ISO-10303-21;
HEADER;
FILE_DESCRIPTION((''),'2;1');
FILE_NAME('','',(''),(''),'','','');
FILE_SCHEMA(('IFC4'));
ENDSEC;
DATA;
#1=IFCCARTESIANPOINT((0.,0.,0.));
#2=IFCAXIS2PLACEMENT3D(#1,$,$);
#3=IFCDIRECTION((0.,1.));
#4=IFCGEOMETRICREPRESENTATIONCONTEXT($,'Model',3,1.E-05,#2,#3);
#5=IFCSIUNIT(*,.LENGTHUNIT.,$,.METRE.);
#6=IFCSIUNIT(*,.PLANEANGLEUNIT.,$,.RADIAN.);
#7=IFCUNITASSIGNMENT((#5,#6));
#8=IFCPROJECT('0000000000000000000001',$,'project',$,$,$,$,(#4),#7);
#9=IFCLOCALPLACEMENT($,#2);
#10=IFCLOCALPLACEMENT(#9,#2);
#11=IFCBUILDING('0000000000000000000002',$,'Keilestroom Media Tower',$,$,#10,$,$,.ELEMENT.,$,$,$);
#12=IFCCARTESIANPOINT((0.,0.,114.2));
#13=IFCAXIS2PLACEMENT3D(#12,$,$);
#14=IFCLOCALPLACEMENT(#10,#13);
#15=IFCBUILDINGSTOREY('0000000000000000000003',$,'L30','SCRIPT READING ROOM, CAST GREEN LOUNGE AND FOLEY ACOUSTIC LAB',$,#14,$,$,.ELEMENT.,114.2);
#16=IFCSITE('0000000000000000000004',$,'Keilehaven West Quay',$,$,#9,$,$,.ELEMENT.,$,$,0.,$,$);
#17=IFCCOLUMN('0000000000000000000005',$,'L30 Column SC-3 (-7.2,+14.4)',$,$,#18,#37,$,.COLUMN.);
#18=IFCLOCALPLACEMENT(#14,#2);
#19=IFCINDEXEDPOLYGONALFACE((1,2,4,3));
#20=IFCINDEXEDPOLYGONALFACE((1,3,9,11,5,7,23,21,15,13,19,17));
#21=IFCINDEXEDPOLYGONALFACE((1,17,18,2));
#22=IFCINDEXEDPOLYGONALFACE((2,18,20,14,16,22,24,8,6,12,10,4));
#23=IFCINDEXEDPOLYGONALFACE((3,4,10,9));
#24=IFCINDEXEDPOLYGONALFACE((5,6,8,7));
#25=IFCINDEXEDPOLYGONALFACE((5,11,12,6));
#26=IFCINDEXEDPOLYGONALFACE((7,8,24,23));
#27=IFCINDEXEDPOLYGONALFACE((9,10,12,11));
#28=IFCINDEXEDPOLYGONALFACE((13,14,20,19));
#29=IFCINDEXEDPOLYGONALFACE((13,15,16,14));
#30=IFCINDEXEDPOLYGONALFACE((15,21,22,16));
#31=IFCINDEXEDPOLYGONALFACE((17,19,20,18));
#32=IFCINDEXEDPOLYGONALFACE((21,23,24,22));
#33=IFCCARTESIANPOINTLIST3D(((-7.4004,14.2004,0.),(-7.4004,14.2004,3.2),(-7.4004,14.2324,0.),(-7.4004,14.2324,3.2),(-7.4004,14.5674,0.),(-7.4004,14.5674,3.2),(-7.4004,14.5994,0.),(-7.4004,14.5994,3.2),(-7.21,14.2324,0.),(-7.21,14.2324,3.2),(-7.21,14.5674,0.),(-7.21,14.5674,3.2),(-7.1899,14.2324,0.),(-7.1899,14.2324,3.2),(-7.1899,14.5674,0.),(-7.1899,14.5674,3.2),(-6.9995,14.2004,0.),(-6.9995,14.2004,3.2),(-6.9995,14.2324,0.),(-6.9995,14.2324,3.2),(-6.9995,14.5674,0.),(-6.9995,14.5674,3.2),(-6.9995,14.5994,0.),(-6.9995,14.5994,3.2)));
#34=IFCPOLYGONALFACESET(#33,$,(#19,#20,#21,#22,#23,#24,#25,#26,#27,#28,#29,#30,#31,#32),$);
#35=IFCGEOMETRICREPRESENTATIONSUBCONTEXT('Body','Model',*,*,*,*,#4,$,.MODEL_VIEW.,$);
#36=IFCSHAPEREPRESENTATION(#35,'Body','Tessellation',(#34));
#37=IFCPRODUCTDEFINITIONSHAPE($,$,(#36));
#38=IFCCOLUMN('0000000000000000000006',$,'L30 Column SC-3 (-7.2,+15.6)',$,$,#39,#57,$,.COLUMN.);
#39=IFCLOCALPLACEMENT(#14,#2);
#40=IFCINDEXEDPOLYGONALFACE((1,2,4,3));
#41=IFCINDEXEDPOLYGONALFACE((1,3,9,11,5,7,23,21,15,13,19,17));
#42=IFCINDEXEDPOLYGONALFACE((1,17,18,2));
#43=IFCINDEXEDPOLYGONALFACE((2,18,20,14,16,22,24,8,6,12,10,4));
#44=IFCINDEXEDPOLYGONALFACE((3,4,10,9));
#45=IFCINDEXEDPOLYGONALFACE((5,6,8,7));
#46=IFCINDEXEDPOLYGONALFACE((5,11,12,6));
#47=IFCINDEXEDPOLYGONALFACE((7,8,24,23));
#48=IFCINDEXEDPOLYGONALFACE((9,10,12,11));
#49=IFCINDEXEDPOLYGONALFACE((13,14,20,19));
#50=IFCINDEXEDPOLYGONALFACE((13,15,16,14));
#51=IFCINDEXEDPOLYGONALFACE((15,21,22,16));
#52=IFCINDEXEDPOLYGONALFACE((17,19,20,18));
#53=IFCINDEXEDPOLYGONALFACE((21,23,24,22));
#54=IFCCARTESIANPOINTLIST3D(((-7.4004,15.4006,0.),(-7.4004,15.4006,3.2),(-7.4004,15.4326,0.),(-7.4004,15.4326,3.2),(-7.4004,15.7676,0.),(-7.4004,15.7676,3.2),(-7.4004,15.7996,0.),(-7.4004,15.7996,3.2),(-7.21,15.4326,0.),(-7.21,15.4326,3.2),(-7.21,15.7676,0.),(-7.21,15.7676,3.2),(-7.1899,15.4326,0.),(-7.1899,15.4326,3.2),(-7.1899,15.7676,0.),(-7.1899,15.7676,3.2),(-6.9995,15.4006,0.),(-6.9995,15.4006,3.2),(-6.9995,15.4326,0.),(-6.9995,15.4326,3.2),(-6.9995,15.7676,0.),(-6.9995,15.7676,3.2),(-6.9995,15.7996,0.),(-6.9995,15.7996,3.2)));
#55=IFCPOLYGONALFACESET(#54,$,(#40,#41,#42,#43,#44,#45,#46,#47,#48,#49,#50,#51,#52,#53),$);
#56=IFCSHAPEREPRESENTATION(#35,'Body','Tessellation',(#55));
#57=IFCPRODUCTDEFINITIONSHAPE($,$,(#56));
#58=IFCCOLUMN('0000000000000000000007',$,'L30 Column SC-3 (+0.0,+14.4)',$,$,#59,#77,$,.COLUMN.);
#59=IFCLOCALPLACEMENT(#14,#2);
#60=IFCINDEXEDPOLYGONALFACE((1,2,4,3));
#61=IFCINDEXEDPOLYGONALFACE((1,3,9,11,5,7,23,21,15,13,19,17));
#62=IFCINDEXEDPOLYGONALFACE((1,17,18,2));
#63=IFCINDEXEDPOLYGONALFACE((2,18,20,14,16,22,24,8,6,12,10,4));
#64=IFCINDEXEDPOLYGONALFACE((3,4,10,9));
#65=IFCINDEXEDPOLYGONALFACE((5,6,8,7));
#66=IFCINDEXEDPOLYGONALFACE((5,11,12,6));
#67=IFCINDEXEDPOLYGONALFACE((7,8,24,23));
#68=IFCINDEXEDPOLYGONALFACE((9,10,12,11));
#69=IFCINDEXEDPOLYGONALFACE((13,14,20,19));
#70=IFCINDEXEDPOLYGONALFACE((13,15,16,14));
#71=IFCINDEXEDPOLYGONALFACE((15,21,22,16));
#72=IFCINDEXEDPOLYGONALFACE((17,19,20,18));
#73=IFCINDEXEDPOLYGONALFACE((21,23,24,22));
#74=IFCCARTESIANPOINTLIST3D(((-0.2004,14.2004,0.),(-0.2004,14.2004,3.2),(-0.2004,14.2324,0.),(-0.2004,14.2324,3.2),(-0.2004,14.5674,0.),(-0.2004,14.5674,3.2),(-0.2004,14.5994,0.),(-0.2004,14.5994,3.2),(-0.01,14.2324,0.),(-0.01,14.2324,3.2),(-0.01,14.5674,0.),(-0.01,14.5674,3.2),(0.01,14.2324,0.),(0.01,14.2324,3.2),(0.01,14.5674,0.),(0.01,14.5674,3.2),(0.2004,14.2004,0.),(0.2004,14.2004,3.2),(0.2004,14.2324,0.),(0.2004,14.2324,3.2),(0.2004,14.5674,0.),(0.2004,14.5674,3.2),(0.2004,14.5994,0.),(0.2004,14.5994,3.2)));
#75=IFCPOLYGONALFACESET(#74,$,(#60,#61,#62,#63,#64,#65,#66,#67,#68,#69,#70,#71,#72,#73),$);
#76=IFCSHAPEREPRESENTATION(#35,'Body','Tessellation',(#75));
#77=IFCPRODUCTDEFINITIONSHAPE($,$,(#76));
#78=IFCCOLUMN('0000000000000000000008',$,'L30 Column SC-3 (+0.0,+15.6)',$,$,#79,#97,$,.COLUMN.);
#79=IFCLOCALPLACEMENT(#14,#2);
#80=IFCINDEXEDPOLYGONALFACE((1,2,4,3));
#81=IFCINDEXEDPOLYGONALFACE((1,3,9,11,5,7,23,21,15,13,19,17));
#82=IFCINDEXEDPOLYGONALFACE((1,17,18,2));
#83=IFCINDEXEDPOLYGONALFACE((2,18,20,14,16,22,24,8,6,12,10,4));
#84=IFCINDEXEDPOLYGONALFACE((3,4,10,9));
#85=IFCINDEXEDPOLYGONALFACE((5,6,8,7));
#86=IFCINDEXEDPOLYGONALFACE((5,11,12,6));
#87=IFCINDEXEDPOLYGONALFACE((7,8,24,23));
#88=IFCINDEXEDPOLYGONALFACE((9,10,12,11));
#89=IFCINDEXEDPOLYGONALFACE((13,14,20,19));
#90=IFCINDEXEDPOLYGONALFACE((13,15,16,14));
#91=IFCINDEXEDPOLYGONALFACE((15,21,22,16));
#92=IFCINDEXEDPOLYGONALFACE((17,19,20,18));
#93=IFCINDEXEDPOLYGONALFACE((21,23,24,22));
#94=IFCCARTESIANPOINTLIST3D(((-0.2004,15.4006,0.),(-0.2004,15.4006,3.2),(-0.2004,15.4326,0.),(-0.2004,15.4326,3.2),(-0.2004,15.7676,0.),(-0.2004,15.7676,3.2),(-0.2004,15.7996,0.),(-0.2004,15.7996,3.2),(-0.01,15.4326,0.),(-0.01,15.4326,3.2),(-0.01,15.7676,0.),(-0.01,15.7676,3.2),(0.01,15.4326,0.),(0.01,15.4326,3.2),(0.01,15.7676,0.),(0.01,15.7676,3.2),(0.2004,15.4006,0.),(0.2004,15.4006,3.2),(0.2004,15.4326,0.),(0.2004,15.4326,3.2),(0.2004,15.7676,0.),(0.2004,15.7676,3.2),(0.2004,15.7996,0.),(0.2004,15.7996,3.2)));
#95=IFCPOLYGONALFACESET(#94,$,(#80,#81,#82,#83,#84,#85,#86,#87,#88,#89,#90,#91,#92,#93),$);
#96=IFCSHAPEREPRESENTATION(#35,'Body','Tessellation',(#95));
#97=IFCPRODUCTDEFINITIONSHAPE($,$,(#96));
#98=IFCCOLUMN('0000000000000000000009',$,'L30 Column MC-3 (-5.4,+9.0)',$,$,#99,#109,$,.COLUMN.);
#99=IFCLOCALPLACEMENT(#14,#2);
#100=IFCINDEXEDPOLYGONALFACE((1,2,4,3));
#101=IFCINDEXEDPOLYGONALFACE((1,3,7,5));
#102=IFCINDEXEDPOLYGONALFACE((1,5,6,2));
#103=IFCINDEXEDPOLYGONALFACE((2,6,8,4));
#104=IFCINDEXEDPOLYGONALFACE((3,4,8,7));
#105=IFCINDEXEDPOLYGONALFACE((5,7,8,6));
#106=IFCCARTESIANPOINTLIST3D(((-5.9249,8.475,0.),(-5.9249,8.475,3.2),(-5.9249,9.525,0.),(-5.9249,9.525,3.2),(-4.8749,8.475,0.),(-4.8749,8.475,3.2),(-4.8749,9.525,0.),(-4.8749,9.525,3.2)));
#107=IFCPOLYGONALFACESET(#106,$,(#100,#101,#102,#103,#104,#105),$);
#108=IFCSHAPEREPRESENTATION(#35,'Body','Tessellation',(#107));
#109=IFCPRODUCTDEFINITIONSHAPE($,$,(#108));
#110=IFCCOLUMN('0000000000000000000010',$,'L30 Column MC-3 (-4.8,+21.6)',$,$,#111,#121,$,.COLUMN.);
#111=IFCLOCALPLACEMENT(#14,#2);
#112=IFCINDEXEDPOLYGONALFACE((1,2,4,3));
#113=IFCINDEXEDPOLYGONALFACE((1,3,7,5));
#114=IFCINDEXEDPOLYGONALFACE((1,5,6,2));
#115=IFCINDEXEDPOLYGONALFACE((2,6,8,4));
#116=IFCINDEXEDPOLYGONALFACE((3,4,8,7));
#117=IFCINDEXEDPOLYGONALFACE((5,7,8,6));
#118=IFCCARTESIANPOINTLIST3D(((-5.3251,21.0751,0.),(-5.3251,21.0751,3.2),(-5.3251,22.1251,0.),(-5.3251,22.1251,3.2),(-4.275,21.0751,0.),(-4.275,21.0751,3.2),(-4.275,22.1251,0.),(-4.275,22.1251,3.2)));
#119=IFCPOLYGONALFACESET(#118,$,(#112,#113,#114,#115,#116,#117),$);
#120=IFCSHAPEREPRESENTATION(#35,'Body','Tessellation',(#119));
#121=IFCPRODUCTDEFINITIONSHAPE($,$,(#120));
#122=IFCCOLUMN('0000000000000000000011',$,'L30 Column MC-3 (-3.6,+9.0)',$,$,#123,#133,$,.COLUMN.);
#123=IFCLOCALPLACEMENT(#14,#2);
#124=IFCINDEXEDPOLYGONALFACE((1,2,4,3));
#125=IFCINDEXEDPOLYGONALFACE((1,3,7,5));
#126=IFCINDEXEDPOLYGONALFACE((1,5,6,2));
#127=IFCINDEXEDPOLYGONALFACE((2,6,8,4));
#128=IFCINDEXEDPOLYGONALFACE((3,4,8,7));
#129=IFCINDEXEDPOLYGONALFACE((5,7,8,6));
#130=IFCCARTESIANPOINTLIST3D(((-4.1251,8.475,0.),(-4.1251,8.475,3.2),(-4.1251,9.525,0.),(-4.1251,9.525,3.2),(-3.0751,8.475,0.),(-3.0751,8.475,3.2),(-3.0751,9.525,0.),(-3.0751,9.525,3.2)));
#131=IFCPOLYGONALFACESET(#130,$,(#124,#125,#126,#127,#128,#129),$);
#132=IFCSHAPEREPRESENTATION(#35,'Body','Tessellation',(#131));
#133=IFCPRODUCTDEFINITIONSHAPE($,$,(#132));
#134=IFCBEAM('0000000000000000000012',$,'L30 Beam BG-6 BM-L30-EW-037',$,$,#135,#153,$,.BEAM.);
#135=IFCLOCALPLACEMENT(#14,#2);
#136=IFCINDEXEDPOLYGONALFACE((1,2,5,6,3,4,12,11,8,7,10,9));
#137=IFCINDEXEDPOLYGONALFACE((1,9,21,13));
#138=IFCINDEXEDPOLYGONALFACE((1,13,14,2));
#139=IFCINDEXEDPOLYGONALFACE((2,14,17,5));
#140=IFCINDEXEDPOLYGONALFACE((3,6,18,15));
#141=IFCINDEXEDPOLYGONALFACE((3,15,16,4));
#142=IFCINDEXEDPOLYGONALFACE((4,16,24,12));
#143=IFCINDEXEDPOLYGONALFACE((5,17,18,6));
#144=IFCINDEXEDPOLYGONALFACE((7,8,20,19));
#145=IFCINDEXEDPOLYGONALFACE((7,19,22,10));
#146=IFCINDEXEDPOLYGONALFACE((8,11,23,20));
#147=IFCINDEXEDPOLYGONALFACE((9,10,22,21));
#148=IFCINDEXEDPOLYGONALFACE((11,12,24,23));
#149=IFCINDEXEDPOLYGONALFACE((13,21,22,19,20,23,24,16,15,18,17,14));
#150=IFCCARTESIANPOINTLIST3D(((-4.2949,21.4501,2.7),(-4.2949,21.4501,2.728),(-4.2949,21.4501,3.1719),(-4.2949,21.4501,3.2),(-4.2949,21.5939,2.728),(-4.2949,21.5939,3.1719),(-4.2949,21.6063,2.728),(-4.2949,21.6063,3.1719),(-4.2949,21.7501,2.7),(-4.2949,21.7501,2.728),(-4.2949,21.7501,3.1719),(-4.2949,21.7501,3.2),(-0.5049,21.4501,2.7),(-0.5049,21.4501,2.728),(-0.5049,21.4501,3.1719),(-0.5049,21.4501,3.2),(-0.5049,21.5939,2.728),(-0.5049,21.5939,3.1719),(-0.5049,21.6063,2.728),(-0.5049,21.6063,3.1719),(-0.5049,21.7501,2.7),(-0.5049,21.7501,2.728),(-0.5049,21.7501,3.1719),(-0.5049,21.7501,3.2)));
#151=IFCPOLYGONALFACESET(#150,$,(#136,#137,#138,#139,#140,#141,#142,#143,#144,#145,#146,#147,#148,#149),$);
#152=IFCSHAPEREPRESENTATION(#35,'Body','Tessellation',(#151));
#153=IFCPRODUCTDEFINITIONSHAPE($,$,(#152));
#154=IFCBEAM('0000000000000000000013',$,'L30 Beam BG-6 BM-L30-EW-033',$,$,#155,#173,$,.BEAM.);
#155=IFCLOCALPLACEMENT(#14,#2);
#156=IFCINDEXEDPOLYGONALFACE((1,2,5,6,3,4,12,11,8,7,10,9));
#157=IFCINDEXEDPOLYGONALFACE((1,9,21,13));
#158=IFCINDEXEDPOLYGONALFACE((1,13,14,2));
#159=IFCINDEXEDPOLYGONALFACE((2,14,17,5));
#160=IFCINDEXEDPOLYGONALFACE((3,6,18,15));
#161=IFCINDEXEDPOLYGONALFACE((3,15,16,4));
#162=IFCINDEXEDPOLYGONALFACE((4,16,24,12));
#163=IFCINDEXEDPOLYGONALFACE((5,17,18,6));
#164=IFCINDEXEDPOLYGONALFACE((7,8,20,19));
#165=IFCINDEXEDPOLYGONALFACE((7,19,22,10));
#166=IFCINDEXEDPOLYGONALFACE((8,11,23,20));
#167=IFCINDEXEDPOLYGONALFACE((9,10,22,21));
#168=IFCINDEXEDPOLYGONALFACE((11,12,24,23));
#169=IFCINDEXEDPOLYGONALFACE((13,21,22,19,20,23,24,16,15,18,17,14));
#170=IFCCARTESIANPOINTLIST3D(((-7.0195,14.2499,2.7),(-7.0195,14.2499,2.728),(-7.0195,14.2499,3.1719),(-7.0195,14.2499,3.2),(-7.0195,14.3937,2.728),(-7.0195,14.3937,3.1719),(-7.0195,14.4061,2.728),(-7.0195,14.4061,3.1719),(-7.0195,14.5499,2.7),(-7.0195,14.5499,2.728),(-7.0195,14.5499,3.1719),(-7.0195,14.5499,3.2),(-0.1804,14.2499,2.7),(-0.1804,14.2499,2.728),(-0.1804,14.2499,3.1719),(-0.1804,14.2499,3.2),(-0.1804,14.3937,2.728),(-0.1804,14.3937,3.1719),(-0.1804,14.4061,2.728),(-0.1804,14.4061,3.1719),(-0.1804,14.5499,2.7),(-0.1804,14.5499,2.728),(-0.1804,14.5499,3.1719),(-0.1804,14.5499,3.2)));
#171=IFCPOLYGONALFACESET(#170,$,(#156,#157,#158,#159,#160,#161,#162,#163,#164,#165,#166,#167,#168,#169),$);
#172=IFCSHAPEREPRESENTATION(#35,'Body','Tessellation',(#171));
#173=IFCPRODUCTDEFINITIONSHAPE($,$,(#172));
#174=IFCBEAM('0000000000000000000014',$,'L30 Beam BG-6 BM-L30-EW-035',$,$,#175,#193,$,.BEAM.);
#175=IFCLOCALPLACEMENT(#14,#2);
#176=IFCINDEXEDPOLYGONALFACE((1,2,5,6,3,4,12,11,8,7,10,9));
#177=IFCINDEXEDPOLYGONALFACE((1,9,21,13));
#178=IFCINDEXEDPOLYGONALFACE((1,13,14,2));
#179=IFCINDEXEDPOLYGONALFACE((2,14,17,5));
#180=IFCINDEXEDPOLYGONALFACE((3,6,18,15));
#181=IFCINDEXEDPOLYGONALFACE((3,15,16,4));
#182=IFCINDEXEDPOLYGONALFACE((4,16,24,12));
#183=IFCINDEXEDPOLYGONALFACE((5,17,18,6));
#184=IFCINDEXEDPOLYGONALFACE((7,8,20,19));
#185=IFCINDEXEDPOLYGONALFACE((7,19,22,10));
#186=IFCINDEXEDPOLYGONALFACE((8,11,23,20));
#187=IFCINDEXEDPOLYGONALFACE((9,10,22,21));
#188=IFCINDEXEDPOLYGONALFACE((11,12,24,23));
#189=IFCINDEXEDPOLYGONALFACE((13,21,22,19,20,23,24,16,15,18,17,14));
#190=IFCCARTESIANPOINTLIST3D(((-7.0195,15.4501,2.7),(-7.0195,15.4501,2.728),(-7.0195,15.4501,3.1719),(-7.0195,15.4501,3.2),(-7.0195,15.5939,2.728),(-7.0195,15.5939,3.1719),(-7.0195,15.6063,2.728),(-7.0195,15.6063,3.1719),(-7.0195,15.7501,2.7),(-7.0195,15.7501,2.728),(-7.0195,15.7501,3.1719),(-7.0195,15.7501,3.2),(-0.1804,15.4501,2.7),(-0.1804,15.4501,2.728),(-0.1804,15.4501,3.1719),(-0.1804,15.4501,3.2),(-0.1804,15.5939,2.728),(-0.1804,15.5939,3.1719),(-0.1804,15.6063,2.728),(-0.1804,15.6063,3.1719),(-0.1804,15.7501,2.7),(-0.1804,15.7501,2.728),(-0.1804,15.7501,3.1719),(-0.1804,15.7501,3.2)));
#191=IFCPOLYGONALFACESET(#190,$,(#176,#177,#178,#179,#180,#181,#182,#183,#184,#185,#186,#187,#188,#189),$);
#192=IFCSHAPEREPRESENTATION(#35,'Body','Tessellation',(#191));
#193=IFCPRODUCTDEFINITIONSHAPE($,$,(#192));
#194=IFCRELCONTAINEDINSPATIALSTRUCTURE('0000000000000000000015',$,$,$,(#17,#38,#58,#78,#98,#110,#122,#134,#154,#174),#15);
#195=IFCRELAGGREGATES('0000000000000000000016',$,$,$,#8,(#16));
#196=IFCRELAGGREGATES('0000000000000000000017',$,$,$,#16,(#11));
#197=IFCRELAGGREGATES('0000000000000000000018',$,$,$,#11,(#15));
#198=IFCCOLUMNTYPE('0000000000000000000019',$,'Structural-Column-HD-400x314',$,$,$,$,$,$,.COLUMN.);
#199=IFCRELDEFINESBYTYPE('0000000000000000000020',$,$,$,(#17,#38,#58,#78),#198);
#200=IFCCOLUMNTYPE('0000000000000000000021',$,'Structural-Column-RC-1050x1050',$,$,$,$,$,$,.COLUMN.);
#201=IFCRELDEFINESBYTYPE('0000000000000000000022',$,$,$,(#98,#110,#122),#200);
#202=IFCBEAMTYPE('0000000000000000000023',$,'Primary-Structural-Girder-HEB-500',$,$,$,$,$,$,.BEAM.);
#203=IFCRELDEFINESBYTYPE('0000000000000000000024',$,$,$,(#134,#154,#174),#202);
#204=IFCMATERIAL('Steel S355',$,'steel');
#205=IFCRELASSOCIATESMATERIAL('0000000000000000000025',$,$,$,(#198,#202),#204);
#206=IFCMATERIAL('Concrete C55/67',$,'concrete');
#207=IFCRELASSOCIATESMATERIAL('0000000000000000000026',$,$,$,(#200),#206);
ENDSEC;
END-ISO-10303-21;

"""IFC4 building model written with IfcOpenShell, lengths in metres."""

from ifc_helpers import new_model, si_unit, direction, frame, origin, origin_2d, place, context, subcontext, project, spatial, rectangle, i_section, extrude, source, transform, mapped, material, material_profile, profile_set, type_object, element, save


model = new_model("IFC4")

# Units and contexts
model_context = context("Model", 3, precision=1e-05, world=origin(), true_north=direction((0.0, 1.0)))
body_context = subcontext(model_context, "Body", "Model", "MODEL_VIEW")
ifc_project = project(units=[si_unit("LENGTHUNIT", "METRE"), si_unit("PLANEANGLEUNIT", "RADIAN")], contexts=[model_context])

# Site, building, storey
site_placement = place(None, origin())
site = spatial("IfcSite", under=ifc_project, at=site_placement, Name="Keilehaven West Quay", CompositionType="ELEMENT", RefElevation=0.0)
building_placement = place(site_placement, origin())
building = spatial("IfcBuilding", under=site, at=building_placement, Name="Keilestroom Media Tower", CompositionType="ELEMENT")
storey_placement = place(building_placement, frame((0.0, 0.0, 114.2)))
storey = spatial("IfcBuildingStorey", under=building, at=storey_placement, Name="L30", Description="SCRIPT READING ROOM, CAST GREEN LOUNGE AND FOLEY ACOUSTIC LAB", CompositionType="ELEMENT", Elevation=114.2)

# Columns
ifc_material_1 = material(Name="Steel S355", Category="steel")
ifc_material_profile_1 = material_profile(ifc_material_1, i_section(OverallWidth=0.4009, OverallDepth=0.3989, WebThickness=0.02, FlangeThickness=0.032, at=origin_2d()), Name="HD 400x314")
ifc_profile_set_1 = profile_set([ifc_material_profile_1], Name="Steel S355")
column_type_1 = type_object("IfcColumnType", Name="Structural-Column-HD-400x314", PredefinedType="COLUMN", material=ifc_profile_set_1)
shared_shape_1 = source(origin(), body_context, "Body", "SweptSolid", [
    extrude(i_section(OverallWidth=0.4009, OverallDepth=0.3989, WebThickness=0.02, FlangeThickness=0.032, at=origin_2d()), origin(), (0.0, 0.0, 1.0), 3.2),
])
for number, where, z_axis, x_axis, name in (
    (1, (-7.2, 14.3999, 0.0), (0.0, 0.0, 1.0), (1.0, 0.0, 0.0), "L30 Column SC-3 (-7.2,+14.4)"),
    (2, (-7.2, 15.6001, 0.0), (0.0, 0.0, 1.0), (1.0, 0.0, 0.0), "L30 Column SC-3 (-7.2,+15.6)"),
    (3, (0.0, 14.3999, 0.0), (0.0, 0.0, 1.0), (1.0, 0.0, 0.0), "L30 Column SC-3 (+0.0,+14.4)"),
    (4, (0.0, 15.6001, 0.0), (0.0, 0.0, 1.0), (1.0, 0.0, 0.0), "L30 Column SC-3 (+0.0,+15.6)"),
):
    element("IfcColumn", number, at=place(storey_placement, frame(where, z_axis=z_axis, x_axis=x_axis)), inside=storey, type_object=column_type_1, Name=name, PredefinedType="COLUMN", context=body_context, shape_type="MappedRepresentation", body=[
        mapped(shared_shape_1, transform((0.0, 0.0, 0.0), x_axis=(1.0, 0.0, 0.0), y_axis=(0.0, 1.0, 0.0), z_axis=(0.0, 0.0, 1.0), scale=1.0)),
    ])
ifc_material_2 = material(Name="Concrete C55/67", Category="concrete")
ifc_material_profile_2 = material_profile(ifc_material_2, rectangle(XDim=1.05, YDim=1.05, at=origin_2d()), Name="RC 1050x1050")
ifc_profile_set_2 = profile_set([ifc_material_profile_2], Name="Concrete C55/67")
column_type_2 = type_object("IfcColumnType", Name="Structural-Column-RC-1050x1050", PredefinedType="COLUMN", material=ifc_profile_set_2)
shared_shape_2 = source(origin(), body_context, "Body", "SweptSolid", [
    extrude(rectangle(XDim=1.05, YDim=1.05, at=origin_2d()), origin(), (0.0, 0.0, 1.0), 3.2),
])
for number, where, z_axis, x_axis, name in (
    (5, (-5.3999, 9.0, 0.0), (0.0, 0.0, 1.0), (1.0, 0.0, 0.0), "L30 Column MC-3 (-5.4,+9.0)"),
    (6, (-4.8, 21.6001, 0.0), (0.0, 0.0, 1.0), (1.0, 0.0, 0.0), "L30 Column MC-3 (-4.8,+21.6)"),
    (7, (-3.6001, 9.0, 0.0), (0.0, 0.0, 1.0), (1.0, 0.0, 0.0), "L30 Column MC-3 (-3.6,+9.0)"),
):
    element("IfcColumn", number, at=place(storey_placement, frame(where, z_axis=z_axis, x_axis=x_axis)), inside=storey, type_object=column_type_2, Name=name, PredefinedType="COLUMN", context=body_context, shape_type="MappedRepresentation", body=[
        mapped(shared_shape_2, transform((0.0, 0.0, 0.0), x_axis=(1.0, 0.0, 0.0), y_axis=(0.0, 1.0, 0.0), z_axis=(0.0, 0.0, 1.0), scale=1.0)),
    ])

# Beams
ifc_material_profile_3 = material_profile(ifc_material_1, i_section(OverallWidth=0.3, OverallDepth=0.5, WebThickness=0.0125, FlangeThickness=0.0281, at=origin_2d()), Name="HEB 500")
ifc_profile_set_3 = profile_set([ifc_material_profile_3], Name="Steel S355")
beam_type = type_object("IfcBeamType", Name="Primary-Structural-Girder-HEB-500", PredefinedType="BEAM", material=ifc_profile_set_3)
shared_shape_3 = source(origin(), body_context, "Body", "SweptSolid", [
    extrude(i_section(OverallWidth=0.3, OverallDepth=0.5, WebThickness=0.0125, FlangeThickness=0.0281, at=origin_2d()), origin(), (0.0, 0.0, 1.0), 3.79),
])
beam_1_placement = place(storey_placement, frame((-4.2949, 21.6001, 2.95), z_axis=(1.0, 0.0, 0.0), x_axis=(0.0, 1.0, 0.0)))
element("IfcBeam", 8, at=beam_1_placement, inside=storey, type_object=beam_type, Name="L30 Beam BG-6 BM-L30-EW-037", PredefinedType="BEAM", context=body_context, shape_type="MappedRepresentation", body=[
    mapped(shared_shape_3, transform((0.0, 0.0, 0.0), x_axis=(1.0, 0.0, 0.0), y_axis=(0.0, 1.0, 0.0), z_axis=(0.0, 0.0, 1.0), scale=1.0)),
])
shared_shape_4 = source(origin(), body_context, "Body", "SweptSolid", [
    extrude(i_section(OverallWidth=0.3, OverallDepth=0.5, WebThickness=0.0125, FlangeThickness=0.0281, at=origin_2d()), origin(), (0.0, 0.0, 1.0), 6.8391),
])
for number, where, z_axis, x_axis, name in (
    (9, (-7.0195, 14.3999, 2.95), (1.0, 0.0, 0.0), (0.0, 1.0, 0.0), "L30 Beam BG-6 BM-L30-EW-033"),
    (10, (-7.0195, 15.6001, 2.95), (1.0, 0.0, 0.0), (0.0, 1.0, 0.0), "L30 Beam BG-6 BM-L30-EW-035"),
):
    element("IfcBeam", number, at=place(storey_placement, frame(where, z_axis=z_axis, x_axis=x_axis)), inside=storey, type_object=beam_type, Name=name, PredefinedType="BEAM", context=body_context, shape_type="MappedRepresentation", body=[
        mapped(shared_shape_4, transform((0.0, 0.0, 0.0), x_axis=(1.0, 0.0, 0.0), y_axis=(0.0, 1.0, 0.0), z_axis=(0.0, 0.0, 1.0), scale=1.0)),
    ])

save(model, "model.ifc")
